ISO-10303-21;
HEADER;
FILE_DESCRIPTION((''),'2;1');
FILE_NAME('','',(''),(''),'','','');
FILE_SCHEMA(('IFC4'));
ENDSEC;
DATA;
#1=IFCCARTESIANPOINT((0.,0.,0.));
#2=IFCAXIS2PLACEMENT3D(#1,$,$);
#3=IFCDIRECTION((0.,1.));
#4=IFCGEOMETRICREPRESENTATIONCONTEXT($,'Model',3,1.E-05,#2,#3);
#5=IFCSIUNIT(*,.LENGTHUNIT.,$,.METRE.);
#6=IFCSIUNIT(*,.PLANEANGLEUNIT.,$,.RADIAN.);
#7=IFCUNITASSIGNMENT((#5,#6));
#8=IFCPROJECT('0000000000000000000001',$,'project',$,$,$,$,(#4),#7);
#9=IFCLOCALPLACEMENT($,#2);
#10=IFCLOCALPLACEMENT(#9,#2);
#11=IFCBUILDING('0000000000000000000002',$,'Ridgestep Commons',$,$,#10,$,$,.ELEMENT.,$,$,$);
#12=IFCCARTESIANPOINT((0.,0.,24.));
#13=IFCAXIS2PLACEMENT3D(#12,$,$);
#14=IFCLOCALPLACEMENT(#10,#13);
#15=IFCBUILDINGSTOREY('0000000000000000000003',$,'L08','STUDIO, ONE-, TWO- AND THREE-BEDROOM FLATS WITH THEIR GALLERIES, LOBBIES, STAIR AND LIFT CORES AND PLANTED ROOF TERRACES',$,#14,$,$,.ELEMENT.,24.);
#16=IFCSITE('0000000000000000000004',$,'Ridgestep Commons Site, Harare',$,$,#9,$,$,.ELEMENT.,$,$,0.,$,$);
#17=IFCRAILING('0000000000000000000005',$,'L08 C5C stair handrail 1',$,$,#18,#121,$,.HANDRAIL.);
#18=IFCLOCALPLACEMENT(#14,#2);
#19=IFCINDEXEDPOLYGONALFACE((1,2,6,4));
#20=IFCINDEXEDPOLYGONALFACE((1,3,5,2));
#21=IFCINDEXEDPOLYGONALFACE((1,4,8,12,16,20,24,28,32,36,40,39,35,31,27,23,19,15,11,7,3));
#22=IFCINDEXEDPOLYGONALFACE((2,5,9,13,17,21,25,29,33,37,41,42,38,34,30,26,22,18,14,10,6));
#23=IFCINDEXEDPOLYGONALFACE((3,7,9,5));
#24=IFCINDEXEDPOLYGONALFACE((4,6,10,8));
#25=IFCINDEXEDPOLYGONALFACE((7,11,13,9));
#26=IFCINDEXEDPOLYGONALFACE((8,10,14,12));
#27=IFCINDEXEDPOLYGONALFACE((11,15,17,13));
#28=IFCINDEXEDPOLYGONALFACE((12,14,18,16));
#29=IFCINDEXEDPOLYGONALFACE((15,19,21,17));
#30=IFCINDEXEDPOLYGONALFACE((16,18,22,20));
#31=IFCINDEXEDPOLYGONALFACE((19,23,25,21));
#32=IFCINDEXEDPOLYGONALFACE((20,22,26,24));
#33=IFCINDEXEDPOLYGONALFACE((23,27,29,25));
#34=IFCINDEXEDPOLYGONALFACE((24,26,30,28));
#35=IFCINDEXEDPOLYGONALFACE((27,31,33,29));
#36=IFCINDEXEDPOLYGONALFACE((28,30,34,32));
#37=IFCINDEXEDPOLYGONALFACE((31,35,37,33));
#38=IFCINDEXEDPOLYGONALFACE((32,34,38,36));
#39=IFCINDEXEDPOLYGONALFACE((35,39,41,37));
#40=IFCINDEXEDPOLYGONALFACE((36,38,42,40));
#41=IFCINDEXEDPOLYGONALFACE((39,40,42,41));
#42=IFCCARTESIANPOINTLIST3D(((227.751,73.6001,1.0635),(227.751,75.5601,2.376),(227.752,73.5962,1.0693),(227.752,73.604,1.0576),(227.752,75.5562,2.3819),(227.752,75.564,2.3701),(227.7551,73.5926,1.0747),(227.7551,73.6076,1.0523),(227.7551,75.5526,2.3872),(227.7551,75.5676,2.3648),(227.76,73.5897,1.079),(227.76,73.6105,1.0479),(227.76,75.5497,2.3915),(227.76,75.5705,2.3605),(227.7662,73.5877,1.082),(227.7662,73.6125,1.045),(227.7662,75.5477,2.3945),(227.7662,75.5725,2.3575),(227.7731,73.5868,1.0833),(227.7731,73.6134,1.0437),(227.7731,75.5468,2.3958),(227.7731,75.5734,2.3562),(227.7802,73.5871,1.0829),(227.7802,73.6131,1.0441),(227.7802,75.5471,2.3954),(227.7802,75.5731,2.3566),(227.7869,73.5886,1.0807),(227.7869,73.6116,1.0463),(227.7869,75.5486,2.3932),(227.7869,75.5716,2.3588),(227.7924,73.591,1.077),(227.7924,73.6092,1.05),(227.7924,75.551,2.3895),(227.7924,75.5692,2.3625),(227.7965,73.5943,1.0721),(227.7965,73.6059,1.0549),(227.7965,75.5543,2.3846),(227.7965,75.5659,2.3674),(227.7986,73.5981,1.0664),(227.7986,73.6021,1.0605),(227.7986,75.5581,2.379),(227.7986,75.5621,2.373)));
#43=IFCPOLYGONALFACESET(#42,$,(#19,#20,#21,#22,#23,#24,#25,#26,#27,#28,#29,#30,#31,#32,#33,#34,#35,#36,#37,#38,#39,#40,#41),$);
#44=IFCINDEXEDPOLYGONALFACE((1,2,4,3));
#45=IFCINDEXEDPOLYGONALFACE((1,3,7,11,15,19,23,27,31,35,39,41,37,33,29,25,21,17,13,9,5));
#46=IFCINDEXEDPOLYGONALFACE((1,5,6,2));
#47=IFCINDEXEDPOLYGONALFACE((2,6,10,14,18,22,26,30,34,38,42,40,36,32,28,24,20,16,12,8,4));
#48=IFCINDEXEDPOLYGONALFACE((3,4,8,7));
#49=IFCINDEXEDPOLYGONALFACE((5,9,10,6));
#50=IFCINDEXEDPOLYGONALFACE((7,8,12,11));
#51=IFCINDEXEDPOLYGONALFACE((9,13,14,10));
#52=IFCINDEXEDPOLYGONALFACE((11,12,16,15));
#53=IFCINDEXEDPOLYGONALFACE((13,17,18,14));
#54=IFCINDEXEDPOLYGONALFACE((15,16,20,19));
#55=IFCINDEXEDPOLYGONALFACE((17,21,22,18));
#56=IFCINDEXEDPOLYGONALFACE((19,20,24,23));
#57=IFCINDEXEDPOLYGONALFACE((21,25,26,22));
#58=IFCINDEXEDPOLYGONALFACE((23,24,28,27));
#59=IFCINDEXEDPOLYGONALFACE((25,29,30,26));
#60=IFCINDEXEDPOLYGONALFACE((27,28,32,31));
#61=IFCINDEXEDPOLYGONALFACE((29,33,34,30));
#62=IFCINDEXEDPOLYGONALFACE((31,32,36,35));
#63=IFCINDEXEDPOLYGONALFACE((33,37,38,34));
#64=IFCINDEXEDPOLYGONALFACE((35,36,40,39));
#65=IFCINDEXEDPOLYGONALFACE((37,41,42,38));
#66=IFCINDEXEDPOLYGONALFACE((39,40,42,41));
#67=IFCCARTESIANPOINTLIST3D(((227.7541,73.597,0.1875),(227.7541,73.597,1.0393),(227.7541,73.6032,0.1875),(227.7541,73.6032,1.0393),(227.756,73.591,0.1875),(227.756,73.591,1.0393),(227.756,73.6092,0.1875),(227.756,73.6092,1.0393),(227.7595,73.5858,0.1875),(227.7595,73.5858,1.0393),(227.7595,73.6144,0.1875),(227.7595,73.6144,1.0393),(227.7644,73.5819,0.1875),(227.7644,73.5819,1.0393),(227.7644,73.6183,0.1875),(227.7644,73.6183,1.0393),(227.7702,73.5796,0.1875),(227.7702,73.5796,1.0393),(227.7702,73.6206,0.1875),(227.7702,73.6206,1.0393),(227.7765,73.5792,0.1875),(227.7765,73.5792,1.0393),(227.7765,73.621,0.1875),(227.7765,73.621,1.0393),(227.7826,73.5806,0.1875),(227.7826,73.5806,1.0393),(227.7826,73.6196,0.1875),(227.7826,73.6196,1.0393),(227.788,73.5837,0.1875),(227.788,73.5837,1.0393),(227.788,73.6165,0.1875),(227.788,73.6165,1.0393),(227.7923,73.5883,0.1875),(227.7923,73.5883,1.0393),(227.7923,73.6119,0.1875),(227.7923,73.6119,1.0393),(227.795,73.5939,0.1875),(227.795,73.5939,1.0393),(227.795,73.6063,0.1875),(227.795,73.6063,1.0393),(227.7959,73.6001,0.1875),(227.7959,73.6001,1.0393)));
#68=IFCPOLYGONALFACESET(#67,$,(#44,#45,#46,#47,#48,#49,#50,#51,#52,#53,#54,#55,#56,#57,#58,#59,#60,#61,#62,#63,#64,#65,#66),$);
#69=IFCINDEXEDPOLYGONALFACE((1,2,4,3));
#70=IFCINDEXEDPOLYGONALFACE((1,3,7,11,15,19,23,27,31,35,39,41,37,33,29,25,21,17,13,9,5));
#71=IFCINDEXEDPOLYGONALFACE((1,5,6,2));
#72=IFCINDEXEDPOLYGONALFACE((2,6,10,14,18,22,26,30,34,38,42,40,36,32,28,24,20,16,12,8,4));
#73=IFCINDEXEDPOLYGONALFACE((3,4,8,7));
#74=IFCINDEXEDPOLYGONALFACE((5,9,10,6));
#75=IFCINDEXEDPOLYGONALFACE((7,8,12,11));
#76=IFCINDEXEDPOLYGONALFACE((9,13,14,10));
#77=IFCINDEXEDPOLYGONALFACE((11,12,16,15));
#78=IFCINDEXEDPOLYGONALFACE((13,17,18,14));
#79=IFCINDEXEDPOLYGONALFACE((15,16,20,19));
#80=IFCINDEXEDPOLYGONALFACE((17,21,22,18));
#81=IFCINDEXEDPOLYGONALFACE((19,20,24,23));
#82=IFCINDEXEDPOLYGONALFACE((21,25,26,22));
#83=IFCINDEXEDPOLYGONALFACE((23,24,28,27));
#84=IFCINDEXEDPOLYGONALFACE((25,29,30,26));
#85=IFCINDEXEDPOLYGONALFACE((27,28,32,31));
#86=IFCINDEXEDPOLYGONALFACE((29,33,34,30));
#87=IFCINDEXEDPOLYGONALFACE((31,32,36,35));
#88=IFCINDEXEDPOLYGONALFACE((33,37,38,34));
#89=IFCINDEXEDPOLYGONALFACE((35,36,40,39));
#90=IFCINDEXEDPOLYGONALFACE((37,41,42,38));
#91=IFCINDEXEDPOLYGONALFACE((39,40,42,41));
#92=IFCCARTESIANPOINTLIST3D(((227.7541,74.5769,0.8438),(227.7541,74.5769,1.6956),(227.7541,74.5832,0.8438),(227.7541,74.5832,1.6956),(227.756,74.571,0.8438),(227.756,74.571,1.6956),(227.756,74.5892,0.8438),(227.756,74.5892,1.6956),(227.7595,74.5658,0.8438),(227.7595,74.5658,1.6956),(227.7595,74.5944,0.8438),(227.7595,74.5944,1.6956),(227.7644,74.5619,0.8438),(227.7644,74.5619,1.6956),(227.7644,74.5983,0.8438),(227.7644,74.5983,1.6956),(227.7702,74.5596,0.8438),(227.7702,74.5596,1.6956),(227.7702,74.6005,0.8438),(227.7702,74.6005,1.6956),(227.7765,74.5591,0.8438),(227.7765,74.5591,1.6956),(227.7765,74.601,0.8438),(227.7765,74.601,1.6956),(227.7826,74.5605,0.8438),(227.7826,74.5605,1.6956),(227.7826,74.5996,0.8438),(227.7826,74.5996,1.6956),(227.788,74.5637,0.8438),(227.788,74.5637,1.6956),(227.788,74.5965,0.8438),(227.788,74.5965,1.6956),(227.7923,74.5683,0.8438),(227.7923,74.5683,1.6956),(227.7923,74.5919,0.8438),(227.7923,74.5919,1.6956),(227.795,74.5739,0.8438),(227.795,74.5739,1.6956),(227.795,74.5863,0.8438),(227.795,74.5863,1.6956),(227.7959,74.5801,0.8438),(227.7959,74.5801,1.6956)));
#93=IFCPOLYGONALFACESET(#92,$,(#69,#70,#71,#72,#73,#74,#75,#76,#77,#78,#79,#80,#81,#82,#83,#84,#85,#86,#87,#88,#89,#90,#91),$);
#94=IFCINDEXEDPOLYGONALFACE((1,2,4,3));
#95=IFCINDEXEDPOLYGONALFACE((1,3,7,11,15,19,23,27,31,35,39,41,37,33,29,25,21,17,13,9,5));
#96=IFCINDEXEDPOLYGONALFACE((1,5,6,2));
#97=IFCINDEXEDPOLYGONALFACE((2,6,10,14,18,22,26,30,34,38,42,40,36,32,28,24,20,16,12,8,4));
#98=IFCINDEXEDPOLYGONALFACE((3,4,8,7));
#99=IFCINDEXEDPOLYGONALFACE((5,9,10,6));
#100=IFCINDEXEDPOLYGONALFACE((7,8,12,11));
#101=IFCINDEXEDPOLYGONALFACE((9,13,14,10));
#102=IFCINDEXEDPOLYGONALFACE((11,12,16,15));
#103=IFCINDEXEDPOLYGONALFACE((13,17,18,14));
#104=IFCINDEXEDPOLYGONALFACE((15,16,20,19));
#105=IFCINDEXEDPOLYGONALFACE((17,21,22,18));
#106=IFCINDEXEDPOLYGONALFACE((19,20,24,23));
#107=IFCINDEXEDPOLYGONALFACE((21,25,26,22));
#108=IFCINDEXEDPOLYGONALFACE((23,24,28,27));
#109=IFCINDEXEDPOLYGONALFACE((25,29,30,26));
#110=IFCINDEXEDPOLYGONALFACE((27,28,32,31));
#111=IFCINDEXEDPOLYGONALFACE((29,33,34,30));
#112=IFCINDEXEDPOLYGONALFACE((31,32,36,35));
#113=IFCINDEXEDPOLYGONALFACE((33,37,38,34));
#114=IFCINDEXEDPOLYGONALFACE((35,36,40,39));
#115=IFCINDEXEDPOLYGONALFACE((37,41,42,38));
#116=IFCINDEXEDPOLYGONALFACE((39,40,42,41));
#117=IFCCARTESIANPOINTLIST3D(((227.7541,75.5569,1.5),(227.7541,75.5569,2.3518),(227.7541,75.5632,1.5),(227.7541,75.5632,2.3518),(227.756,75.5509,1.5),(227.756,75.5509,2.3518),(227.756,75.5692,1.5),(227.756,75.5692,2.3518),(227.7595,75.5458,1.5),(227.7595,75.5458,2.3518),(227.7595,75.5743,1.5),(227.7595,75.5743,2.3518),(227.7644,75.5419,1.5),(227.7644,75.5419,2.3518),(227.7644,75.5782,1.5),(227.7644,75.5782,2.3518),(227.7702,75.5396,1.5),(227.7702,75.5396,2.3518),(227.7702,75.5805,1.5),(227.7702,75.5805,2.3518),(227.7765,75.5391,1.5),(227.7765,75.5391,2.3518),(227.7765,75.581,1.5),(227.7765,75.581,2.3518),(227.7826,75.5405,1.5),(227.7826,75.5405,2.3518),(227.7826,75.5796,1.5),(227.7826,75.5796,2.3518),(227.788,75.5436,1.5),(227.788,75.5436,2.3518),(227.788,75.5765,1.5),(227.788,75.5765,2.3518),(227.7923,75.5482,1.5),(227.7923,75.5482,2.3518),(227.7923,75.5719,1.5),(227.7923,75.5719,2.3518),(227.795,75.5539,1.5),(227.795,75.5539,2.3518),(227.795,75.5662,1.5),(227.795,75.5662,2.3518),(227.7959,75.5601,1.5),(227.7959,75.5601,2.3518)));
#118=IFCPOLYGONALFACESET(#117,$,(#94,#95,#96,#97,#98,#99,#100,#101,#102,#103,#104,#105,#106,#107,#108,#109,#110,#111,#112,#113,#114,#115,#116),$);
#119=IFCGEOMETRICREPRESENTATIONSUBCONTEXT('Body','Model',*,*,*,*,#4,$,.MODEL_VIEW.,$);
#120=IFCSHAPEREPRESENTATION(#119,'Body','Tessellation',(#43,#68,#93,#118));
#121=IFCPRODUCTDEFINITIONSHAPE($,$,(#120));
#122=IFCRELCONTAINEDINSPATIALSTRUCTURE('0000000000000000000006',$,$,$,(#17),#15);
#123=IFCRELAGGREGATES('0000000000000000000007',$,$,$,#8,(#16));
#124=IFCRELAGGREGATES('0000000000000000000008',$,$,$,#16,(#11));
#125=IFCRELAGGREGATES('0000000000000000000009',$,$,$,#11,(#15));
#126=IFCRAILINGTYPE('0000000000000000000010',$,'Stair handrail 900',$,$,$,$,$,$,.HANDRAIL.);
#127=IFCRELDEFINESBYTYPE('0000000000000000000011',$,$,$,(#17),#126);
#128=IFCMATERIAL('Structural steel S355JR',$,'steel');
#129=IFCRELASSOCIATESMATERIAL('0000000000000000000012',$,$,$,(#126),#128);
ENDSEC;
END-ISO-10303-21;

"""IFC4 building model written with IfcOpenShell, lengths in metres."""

from ifc_helpers import new_model, si_unit, direction, frame, origin, origin_2d, place, context, subcontext, project, spatial, circle, extrude, material, type_object, element, save


model = new_model("IFC4")

# Units and contexts
model_context = context("Model", 3, precision=1e-05, world=origin(), true_north=direction((0.0, 1.0)))
body_context = subcontext(model_context, "Body", "Model", "MODEL_VIEW")
ifc_project = project(units=[si_unit("LENGTHUNIT", "METRE"), si_unit("PLANEANGLEUNIT", "RADIAN")], contexts=[model_context])

# Site, building, storey
site_placement = place(None, origin())
site = spatial("IfcSite", under=ifc_project, at=site_placement, Name="Ridgestep Commons Site, Harare", CompositionType="ELEMENT", RefElevation=0.0)
building_placement = place(site_placement, origin())
building = spatial("IfcBuilding", under=site, at=building_placement, Name="Ridgestep Commons", CompositionType="ELEMENT")
storey_placement = place(building_placement, frame((0.0, 0.0, 24.0)))
storey = spatial("IfcBuildingStorey", under=building, at=storey_placement, Name="L08", Description="STUDIO, ONE-, TWO- AND THREE-BEDROOM FLATS WITH THEIR GALLERIES, LOBBIES, STAIR AND LIFT CORES AND PLANTED ROOF TERRACES", CompositionType="ELEMENT", Elevation=24.0)

# Railing
ifc_material_1 = material(Name="Structural steel S355JR", Category="steel")
railing_type_1 = type_object("IfcRailingType", Name="Stair handrail 900", PredefinedType="HANDRAIL", material=ifc_material_1)
railing_1_placement = place(storey_placement, frame((227.7749, 73.6001, 0.1875)))
element("IfcRailing", 1, at=railing_1_placement, inside=storey, type_object=railing_type_1, Name="L08 C5C stair handrail 1", PredefinedType="HANDRAIL", context=body_context, shape_type="SweptSolid", body=[
    extrude(circle(Radius=0.0239, at=origin_2d()), frame((0.0, 0.0, 0.876), z_axis=(0.0, 0.830902, 0.556419), x_axis=(-1.0, 0.0, 0.0)), (0.0, 0.0, 1.0), 2.3589),
    extrude(circle(Radius=0.021, at=origin_2d()), origin(), (0.0, 0.0, 1.0), 0.8518),
    extrude(circle(Radius=0.021, at=origin_2d()), frame((0.0, 0.98, 0.6562)), (0.0, 0.0, 1.0), 0.8518),
    extrude(circle(Radius=0.021, at=origin_2d()), frame((0.0, 1.96, 1.3125)), (0.0, 0.0, 1.0), 0.8518),
])

save(model, "model.ifc")
